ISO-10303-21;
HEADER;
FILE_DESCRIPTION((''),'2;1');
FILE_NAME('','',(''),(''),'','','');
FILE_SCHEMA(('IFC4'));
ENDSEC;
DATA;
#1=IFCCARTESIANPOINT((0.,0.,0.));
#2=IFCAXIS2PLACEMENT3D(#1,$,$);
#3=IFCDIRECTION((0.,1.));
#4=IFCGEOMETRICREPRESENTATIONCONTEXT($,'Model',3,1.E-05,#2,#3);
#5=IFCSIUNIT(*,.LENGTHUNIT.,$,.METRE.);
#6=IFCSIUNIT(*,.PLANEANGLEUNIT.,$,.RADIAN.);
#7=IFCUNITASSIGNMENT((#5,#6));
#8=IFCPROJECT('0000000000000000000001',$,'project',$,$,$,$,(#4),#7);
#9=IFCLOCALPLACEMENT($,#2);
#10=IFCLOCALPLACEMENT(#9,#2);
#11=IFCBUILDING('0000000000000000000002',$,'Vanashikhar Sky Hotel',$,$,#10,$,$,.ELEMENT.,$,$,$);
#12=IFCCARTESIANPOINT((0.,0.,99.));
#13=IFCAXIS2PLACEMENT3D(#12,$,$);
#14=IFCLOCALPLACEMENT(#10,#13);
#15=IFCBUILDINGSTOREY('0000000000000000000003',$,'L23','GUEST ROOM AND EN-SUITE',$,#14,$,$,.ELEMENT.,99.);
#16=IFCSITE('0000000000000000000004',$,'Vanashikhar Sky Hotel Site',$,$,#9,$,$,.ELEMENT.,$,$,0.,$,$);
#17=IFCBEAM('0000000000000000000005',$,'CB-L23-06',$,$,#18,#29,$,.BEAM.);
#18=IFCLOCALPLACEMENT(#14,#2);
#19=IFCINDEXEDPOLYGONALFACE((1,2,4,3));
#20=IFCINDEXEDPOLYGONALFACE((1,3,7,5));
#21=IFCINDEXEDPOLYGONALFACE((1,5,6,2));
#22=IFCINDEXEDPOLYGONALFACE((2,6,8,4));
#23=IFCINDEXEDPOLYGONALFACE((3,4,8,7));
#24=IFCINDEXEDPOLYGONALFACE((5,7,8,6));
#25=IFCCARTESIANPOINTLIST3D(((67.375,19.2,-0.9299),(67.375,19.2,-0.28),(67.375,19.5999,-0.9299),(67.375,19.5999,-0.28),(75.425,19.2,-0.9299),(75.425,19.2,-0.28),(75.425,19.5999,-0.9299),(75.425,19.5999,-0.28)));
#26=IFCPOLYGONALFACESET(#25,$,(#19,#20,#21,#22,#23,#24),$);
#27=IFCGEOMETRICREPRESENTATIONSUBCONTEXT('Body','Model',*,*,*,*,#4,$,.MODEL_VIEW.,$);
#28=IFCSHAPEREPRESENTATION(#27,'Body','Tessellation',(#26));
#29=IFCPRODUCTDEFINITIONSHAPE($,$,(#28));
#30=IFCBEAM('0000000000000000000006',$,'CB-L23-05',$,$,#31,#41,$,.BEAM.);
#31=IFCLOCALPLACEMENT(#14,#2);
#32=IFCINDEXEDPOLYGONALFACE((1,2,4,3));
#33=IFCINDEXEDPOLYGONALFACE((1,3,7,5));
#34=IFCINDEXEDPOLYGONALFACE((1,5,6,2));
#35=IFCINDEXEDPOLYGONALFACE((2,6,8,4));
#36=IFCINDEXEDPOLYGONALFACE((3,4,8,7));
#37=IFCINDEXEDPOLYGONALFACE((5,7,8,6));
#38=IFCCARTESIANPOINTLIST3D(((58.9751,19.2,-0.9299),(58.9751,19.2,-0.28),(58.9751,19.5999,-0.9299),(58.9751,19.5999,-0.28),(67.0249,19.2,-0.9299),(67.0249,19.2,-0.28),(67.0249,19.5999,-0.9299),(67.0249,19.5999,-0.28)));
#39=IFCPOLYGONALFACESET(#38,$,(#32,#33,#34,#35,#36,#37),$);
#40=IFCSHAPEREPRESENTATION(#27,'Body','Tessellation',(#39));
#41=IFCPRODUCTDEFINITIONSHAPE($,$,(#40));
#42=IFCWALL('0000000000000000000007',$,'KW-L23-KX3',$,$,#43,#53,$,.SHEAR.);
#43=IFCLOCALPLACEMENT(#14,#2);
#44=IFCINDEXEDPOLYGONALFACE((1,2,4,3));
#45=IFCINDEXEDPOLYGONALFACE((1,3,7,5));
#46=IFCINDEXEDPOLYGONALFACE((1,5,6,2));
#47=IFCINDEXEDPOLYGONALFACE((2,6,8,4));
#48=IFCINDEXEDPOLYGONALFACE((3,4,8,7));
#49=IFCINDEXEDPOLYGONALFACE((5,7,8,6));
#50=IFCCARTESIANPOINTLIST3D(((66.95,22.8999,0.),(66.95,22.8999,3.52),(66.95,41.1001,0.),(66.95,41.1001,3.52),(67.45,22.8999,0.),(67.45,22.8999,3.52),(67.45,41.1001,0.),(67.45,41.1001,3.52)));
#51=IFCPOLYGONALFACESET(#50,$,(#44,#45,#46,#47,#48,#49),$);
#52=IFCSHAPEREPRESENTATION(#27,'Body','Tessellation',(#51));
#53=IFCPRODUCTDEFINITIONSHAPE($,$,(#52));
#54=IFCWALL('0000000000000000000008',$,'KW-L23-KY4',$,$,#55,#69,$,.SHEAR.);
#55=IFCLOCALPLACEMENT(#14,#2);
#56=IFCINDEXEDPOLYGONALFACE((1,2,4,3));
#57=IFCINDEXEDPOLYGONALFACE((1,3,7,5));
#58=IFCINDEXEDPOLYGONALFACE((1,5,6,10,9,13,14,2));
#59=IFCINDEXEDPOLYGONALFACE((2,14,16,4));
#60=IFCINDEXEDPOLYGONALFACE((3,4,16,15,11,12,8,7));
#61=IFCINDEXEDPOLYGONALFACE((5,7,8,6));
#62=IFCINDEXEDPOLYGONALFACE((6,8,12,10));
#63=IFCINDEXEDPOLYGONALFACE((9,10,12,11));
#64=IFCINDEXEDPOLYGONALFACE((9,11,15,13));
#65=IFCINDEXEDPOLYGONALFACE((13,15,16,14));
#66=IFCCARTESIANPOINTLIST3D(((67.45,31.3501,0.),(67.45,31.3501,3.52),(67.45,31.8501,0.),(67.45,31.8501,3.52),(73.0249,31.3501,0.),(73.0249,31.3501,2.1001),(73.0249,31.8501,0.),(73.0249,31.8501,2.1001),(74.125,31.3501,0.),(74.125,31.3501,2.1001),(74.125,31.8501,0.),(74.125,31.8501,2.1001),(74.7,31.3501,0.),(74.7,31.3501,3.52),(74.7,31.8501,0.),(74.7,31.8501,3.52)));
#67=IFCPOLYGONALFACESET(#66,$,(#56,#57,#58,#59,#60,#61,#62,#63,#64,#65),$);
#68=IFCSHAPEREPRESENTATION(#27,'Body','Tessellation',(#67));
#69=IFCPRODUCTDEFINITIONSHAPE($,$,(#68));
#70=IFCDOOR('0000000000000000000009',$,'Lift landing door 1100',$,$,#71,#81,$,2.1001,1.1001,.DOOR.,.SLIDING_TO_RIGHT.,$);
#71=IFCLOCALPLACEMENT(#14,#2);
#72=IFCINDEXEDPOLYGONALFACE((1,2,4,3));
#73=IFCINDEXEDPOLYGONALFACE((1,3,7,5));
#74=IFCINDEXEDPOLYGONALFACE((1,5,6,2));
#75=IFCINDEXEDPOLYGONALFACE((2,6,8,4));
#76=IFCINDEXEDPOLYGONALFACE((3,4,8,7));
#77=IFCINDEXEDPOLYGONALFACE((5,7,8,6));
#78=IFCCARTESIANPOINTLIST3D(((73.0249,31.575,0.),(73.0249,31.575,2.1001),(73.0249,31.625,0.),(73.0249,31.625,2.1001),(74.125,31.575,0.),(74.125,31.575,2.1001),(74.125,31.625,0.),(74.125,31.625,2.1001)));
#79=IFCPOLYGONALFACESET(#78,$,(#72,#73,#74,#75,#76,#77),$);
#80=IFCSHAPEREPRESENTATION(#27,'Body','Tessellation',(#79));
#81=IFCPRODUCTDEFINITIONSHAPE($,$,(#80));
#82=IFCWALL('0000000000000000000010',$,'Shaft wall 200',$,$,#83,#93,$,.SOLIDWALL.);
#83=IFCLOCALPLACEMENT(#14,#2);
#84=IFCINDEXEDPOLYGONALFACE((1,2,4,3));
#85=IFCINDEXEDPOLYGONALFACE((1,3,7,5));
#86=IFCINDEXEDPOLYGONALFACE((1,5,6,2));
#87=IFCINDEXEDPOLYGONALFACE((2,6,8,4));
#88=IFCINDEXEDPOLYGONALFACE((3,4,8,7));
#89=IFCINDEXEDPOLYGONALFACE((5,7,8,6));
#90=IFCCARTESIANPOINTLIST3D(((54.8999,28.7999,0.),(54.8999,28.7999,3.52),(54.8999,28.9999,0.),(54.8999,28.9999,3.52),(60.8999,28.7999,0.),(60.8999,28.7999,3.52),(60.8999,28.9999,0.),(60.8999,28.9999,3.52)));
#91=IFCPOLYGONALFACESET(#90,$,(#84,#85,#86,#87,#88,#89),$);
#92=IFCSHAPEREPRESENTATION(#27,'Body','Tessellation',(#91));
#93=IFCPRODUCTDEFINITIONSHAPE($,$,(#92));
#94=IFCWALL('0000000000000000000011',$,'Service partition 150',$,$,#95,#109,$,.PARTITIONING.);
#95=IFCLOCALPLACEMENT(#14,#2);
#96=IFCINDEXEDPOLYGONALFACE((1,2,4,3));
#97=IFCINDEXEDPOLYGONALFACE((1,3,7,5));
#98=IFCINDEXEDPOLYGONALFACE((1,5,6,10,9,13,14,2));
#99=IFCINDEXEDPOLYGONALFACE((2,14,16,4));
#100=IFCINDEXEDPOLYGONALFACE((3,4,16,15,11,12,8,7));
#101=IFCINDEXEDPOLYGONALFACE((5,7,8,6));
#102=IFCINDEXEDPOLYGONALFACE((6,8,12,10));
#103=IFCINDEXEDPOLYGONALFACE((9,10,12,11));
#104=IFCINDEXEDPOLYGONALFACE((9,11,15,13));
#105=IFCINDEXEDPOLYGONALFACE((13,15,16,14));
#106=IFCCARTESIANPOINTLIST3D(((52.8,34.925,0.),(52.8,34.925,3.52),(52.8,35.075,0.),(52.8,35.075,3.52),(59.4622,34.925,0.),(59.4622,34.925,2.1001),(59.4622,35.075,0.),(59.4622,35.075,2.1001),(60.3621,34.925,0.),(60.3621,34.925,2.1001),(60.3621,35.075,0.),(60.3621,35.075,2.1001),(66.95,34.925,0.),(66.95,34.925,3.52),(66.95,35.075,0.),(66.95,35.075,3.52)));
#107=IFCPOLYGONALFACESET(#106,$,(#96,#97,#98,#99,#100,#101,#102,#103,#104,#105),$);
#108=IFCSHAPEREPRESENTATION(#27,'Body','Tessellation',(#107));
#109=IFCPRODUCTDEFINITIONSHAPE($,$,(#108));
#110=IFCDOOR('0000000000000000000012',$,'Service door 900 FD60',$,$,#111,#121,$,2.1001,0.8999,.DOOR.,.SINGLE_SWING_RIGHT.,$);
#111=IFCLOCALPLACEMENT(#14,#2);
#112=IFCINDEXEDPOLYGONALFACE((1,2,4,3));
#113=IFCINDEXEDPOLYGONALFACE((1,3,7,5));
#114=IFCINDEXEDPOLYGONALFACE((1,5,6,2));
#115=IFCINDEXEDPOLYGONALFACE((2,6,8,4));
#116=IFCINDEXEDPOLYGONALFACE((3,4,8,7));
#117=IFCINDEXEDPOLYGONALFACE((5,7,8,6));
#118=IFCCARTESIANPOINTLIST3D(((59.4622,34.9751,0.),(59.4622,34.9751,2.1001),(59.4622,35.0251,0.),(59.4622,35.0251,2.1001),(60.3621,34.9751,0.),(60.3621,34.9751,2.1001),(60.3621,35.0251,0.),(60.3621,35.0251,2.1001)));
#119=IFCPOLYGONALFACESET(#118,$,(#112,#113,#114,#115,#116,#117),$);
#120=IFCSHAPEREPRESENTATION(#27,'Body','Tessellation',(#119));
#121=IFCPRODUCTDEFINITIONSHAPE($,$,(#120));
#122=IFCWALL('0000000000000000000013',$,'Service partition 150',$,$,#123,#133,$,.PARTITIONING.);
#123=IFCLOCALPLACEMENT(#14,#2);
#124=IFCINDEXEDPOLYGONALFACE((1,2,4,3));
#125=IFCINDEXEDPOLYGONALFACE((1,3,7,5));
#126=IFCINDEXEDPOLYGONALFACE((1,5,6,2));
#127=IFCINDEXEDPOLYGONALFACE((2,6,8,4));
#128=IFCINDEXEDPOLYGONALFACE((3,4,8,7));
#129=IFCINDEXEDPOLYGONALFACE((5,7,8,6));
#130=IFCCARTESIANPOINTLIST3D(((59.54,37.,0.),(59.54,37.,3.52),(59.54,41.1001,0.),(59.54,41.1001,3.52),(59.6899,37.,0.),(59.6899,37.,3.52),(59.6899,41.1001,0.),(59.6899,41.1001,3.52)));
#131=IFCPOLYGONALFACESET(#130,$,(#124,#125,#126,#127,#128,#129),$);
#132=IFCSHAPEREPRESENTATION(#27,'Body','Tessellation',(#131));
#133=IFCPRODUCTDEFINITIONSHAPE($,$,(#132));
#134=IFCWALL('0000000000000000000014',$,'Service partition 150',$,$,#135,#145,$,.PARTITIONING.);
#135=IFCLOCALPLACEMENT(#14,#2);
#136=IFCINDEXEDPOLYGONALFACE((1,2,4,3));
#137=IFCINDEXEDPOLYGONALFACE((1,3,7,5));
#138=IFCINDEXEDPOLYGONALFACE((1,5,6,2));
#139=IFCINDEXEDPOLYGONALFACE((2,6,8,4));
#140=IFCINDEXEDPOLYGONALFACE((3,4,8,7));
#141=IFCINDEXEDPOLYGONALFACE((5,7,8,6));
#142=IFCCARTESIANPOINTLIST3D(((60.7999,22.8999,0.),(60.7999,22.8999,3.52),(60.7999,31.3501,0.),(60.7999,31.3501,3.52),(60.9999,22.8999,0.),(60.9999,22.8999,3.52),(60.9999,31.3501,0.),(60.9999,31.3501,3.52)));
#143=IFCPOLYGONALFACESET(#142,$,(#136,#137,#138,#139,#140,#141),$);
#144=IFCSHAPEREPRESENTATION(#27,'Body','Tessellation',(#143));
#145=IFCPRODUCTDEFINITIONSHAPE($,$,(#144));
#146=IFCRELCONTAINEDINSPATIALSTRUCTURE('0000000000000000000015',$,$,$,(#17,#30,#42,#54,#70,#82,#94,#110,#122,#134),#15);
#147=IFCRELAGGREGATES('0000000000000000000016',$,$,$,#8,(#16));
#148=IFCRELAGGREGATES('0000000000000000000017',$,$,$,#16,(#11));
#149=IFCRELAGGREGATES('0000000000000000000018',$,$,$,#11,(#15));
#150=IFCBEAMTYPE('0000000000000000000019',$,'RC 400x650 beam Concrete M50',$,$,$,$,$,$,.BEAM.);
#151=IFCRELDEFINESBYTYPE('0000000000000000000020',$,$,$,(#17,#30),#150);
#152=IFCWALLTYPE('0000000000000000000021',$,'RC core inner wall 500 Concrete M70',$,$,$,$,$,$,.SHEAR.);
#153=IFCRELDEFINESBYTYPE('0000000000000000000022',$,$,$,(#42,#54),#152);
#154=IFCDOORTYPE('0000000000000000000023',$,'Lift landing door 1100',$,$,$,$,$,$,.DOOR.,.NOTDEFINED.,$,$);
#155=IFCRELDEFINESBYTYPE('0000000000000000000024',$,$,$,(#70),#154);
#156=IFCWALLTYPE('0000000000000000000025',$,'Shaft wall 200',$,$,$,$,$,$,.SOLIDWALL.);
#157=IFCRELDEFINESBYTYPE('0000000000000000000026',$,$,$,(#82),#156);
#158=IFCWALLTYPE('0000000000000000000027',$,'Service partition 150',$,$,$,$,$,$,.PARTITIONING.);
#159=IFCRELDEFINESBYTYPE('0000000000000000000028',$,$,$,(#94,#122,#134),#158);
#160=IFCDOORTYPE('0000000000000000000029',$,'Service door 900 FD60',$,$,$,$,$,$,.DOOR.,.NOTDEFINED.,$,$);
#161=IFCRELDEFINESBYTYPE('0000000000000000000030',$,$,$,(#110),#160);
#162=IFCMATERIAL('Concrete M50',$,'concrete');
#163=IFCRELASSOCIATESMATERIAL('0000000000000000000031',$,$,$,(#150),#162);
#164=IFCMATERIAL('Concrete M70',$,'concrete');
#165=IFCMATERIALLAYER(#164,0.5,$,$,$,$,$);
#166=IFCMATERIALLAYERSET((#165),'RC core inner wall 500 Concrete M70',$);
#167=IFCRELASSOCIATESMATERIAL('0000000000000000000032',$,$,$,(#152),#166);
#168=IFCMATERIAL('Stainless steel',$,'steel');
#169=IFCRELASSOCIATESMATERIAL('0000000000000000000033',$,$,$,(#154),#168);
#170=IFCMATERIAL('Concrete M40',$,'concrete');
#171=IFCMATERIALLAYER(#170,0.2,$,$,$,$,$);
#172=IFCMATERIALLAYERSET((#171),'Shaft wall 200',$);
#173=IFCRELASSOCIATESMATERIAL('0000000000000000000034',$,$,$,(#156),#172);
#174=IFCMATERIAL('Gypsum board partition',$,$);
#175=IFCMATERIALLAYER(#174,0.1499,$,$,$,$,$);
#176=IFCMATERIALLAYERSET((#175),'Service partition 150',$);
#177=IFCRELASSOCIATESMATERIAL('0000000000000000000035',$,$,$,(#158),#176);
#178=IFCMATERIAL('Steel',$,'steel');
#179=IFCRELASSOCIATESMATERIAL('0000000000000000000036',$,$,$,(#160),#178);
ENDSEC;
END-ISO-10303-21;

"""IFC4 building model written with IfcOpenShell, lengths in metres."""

from ifc_helpers import new_model, si_unit, direction, frame, frame_2d, origin, origin_2d, place, context, subcontext, project, spatial, rectangle, extrude, source, transform, mapped, material, layer, layer_set, material_profile, profile_set, type_object, element, fill, save


model = new_model("IFC4")

# Units and contexts
model_context = context("Model", 3, precision=1e-05, world=origin(), true_north=direction((0.0, 1.0)))
body_context = subcontext(model_context, "Body", "Model", "MODEL_VIEW")
ifc_project = project(units=[si_unit("LENGTHUNIT", "METRE"), si_unit("PLANEANGLEUNIT", "RADIAN")], contexts=[model_context])

# Site, building, storey
site_placement = place(None, origin())
site = spatial("IfcSite", under=ifc_project, at=site_placement, Name="Vanashikhar Sky Hotel Site", CompositionType="ELEMENT", RefElevation=0.0)
building_placement = place(site_placement, origin())
building = spatial("IfcBuilding", under=site, at=building_placement, Name="Vanashikhar Sky Hotel", CompositionType="ELEMENT")
storey_placement = place(building_placement, frame((0.0, 0.0, 99.0)))
storey = spatial("IfcBuildingStorey", under=building, at=storey_placement, Name="L23", Description="GUEST ROOM AND EN-SUITE", CompositionType="ELEMENT", Elevation=99.0)

# Beams
ifc_material_1 = material(Name="Concrete M50", Category="concrete")
ifc_material_profile = material_profile(ifc_material_1, rectangle(XDim=0.3999, YDim=0.6499, at=origin_2d()))
ifc_profile_set = profile_set([ifc_material_profile], Name="RC 400x650 beam Concrete M50")
beam_type = type_object("IfcBeamType", Name="RC 400x650 beam Concrete M50", PredefinedType="BEAM", material=ifc_profile_set)
shared_shape_1 = source(origin(), body_context, "Body", "SweptSolid", [
    extrude(rectangle(XDim=0.3999, YDim=0.6499, at=origin_2d()), origin(), (0.0, 0.0, 1.0), 8.05),
])
beam_1_placement = place(storey_placement, frame((67.375, 19.3999, -0.605), z_axis=(1.0, 0.0, 0.0), x_axis=(0.0, 1.0, 0.0)))
element("IfcBeam", 1, at=beam_1_placement, inside=storey, type_object=beam_type, Name="CB-L23-06", PredefinedType="BEAM", context=body_context, shape_type="MappedRepresentation", body=[
    mapped(shared_shape_1, transform((0.0, 0.0, 0.0), scale=1.0)),
])
shared_shape_2 = source(origin(), body_context, "Body", "SweptSolid", [
    extrude(rectangle(XDim=0.3999, YDim=0.6499, at=origin_2d()), origin(), (0.0, 0.0, 1.0), 8.0498),
])
beam_2_placement = place(storey_placement, frame((58.9751, 19.3999, -0.605), z_axis=(1.0, 0.0, 0.0), x_axis=(0.0, 1.0, 0.0)))
element("IfcBeam", 2, at=beam_2_placement, inside=storey, type_object=beam_type, Name="CB-L23-05", PredefinedType="BEAM", context=body_context, shape_type="MappedRepresentation", body=[
    mapped(shared_shape_2, transform((0.0, 0.0, 0.0), scale=1.0)),
])

# Wall
ifc_material_2 = material(Name="Concrete M70", Category="concrete")
ifc_layer_1 = layer(ifc_material_2, 0.5)
ifc_layer_set_1 = layer_set([ifc_layer_1], Name="RC core inner wall 500 Concrete M70")
wall_type_1 = type_object("IfcWallType", Name="RC core inner wall 500 Concrete M70", PredefinedType="SHEAR", material=ifc_layer_set_1)
shared_shape_3 = source(origin(), body_context, "Body", "SweptSolid", [
    extrude(rectangle(XDim=18.2002, YDim=0.5, at=frame_2d((9.1001, 0.0))), origin(), (0.0, 0.0, 1.0), 3.52),
])
wall_1_placement = place(storey_placement, frame((67.2, 22.8999, 0.0), z_axis=(0.0, 0.0, 1.0), x_axis=(0.0, 1.0, 0.0)))
element("IfcWall", 3, at=wall_1_placement, inside=storey, type_object=wall_type_1, Name="KW-L23-KX3", PredefinedType="SHEAR", context=body_context, shape_type="MappedRepresentation", body=[
    mapped(shared_shape_3, transform((0.0, 0.0, 0.0), scale=1.0)),
])

# Wall, opening, door
shared_shape_4 = source(origin(), body_context, "Body", "SweptSolid", [
    extrude(rectangle(XDim=7.25, YDim=0.5, at=frame_2d((3.625, 0.0))), origin(), (0.0, 0.0, 1.0), 3.52),
])
wall_2_placement = place(storey_placement, frame((67.45, 31.6001, 0.0), z_axis=(0.0, 0.0, 1.0), x_axis=(1.0, 0.0, 0.0)))
wall_2 = element("IfcWall", 4, at=wall_2_placement, inside=storey, type_object=wall_type_1, Name="KW-L23-KY4", PredefinedType="SHEAR", context=body_context, shape_type="MappedRepresentation", body=[
    mapped(shared_shape_4, transform((0.0, 0.0, 0.0), scale=1.0)),
])
shared_shape_5 = source(origin(), body_context, "Body", "SweptSolid", [
    extrude(rectangle(XDim=1.1001, YDim=2.1001, at=frame_2d((0.55, 1.05))), frame((0.0, 0.26, 0.0), z_axis=(0.0, -1.0, 0.0), x_axis=(1.0, 0.0, 0.0)), (0.0, 0.0, 1.0), 0.52),
])
opening_1_placement = place(wall_2_placement, frame((5.575, 0.0, 0.0)))
opening_1 = element("IfcOpeningElement", 5, at=opening_1_placement, cuts=wall_2, PredefinedType="OPENING", context=body_context, shape_type="MappedRepresentation", body=[
    mapped(shared_shape_5, transform((0.0, 0.0, 0.0), scale=1.0)),
])
ifc_material_3 = material(Name="Stainless steel", Category="steel")
door_type_1 = type_object("IfcDoorType", Name="Lift landing door 1100", OperationType="NOTDEFINED", PredefinedType="DOOR", material=ifc_material_3)
shared_shape_6 = source(origin(), body_context, "Body", "SweptSolid", [
    extrude(rectangle(XDim=1.1001, YDim=2.1001, at=frame_2d((0.55, 1.05))), frame((0.0, 0.0249, 0.0), z_axis=(0.0, -1.0, 0.0), x_axis=(1.0, 0.0, 0.0)), (0.0, 0.0, 1.0), 0.05),
])
door_1_placement = place(opening_1_placement, origin())
door_1 = element("IfcDoor", 6, at=door_1_placement, inside=storey, type_object=door_type_1, Name="Lift landing door 1100", OperationType="SLIDING_TO_RIGHT", OverallHeight=2.1001, OverallWidth=1.1001, PredefinedType="DOOR", context=body_context, shape_type="MappedRepresentation", body=[
    mapped(shared_shape_6, transform((0.0, 0.0, 0.0), scale=1.0)),
])
fill(opening_1, door_1)

# Wall
ifc_material_4 = material(Name="Concrete M40", Category="concrete")
ifc_layer_2 = layer(ifc_material_4, 0.2)
ifc_layer_set_2 = layer_set([ifc_layer_2], Name="Shaft wall 200")
wall_type_2 = type_object("IfcWallType", Name="Shaft wall 200", PredefinedType="SOLIDWALL", material=ifc_layer_set_2)
shared_shape_7 = source(origin(), body_context, "Body", "SweptSolid", [
    extrude(rectangle(XDim=6.0, YDim=0.2, at=frame_2d((3.0, 0.0))), origin(), (0.0, 0.0, 1.0), 3.52),
])
wall_3_placement = place(storey_placement, frame((60.8999, 28.8999, 0.0), z_axis=(0.0, 0.0, 1.0), x_axis=(-1.0, 0.0, 0.0)))
element("IfcWall", 7, at=wall_3_placement, inside=storey, type_object=wall_type_2, Name="Shaft wall 200", PredefinedType="SOLIDWALL", context=body_context, shape_type="MappedRepresentation", body=[
    mapped(shared_shape_7, transform((0.0, 0.0, 0.0), scale=1.0)),
])

# Wall, opening, door
ifc_material_5 = material(Name="Gypsum board partition")
ifc_layer_3 = layer(ifc_material_5, 0.1499)
ifc_layer_set_3 = layer_set([ifc_layer_3], Name="Service partition 150")
wall_type_3 = type_object("IfcWallType", Name="Service partition 150", PredefinedType="PARTITIONING", material=ifc_layer_set_3)
shared_shape_8 = source(origin(), body_context, "Body", "SweptSolid", [
    extrude(rectangle(XDim=14.1499, YDim=0.1499, at=frame_2d((7.075, 0.0))), origin(), (0.0, 0.0, 1.0), 3.52),
])
wall_4_placement = place(storey_placement, frame((66.95, 35.0, 0.0), z_axis=(0.0, 0.0, 1.0), x_axis=(-1.0, 0.0, 0.0)))
wall_4 = element("IfcWall", 8, at=wall_4_placement, inside=storey, type_object=wall_type_3, Name="Service partition 150", PredefinedType="PARTITIONING", context=body_context, shape_type="MappedRepresentation", body=[
    mapped(shared_shape_8, transform((0.0, 0.0, 0.0), scale=1.0)),
])
shared_shape_9 = source(origin(), body_context, "Body", "SweptSolid", [
    extrude(rectangle(XDim=0.8999, YDim=2.1001, at=frame_2d((0.45, 1.05))), frame((0.0, 0.085, 0.0), z_axis=(0.0, -1.0, 0.0), x_axis=(1.0, 0.0, 0.0)), (0.0, 0.0, 1.0), 0.1699),
])
opening_2_placement = place(wall_4_placement, frame((6.5879, 0.0, 0.0)))
opening_2 = element("IfcOpeningElement", 9, at=opening_2_placement, cuts=wall_4, PredefinedType="OPENING", context=body_context, shape_type="MappedRepresentation", body=[
    mapped(shared_shape_9, transform((0.0, 0.0, 0.0), scale=1.0)),
])
ifc_material_6 = material(Name="Steel", Category="steel")
door_type_2 = type_object("IfcDoorType", Name="Service door 900 FD60", OperationType="NOTDEFINED", PredefinedType="DOOR", material=ifc_material_6)
shared_shape_10 = source(origin(), body_context, "Body", "SweptSolid", [
    extrude(rectangle(XDim=0.8999, YDim=2.1001, at=frame_2d((0.45, 1.05))), frame((0.0, 0.0249, 0.0), z_axis=(0.0, -1.0, 0.0), x_axis=(1.0, 0.0, 0.0)), (0.0, 0.0, 1.0), 0.05),
])
door_2_placement = place(opening_2_placement, origin())
door_2 = element("IfcDoor", 10, at=door_2_placement, inside=storey, type_object=door_type_2, Name="Service door 900 FD60", OperationType="SINGLE_SWING_RIGHT", OverallHeight=2.1001, OverallWidth=0.8999, PredefinedType="DOOR", context=body_context, shape_type="MappedRepresentation", body=[
    mapped(shared_shape_10, transform((0.0, 0.0, 0.0), scale=1.0)),
])
fill(opening_2, door_2)

# Walls
shared_shape_11 = source(origin(), body_context, "Body", "SweptSolid", [
    extrude(rectangle(XDim=4.1001, YDim=0.1499, at=frame_2d((2.05, 0.0))), origin(), (0.0, 0.0, 1.0), 3.52),
])
wall_5_placement = place(storey_placement, frame((59.615, 37.0, 0.0), z_axis=(0.0, 0.0, 1.0), x_axis=(0.0, 1.0, 0.0)))
element("IfcWall", 11, at=wall_5_placement, inside=storey, type_object=wall_type_3, Name="Service partition 150", PredefinedType="PARTITIONING", context=body_context, shape_type="MappedRepresentation", body=[
    mapped(shared_shape_11, transform((0.0, 0.0, 0.0), scale=1.0)),
])
shared_shape_12 = source(origin(), body_context, "Body", "SweptSolid", [
    extrude(rectangle(XDim=8.4502, YDim=0.2, at=frame_2d((4.2251, 0.0))), origin(), (0.0, 0.0, 1.0), 3.52),
])
wall_6_placement = place(storey_placement, frame((60.8999, 22.8999, 0.0), z_axis=(0.0, 0.0, 1.0), x_axis=(0.0, 1.0, 0.0)))
element("IfcWall", 12, at=wall_6_placement, inside=storey, type_object=wall_type_3, Name="Service partition 150", PredefinedType="PARTITIONING", context=body_context, shape_type="MappedRepresentation", body=[
    mapped(shared_shape_12, transform((0.0, 0.0, 0.0), scale=1.0)),
])

save(model, "model.ifc")
